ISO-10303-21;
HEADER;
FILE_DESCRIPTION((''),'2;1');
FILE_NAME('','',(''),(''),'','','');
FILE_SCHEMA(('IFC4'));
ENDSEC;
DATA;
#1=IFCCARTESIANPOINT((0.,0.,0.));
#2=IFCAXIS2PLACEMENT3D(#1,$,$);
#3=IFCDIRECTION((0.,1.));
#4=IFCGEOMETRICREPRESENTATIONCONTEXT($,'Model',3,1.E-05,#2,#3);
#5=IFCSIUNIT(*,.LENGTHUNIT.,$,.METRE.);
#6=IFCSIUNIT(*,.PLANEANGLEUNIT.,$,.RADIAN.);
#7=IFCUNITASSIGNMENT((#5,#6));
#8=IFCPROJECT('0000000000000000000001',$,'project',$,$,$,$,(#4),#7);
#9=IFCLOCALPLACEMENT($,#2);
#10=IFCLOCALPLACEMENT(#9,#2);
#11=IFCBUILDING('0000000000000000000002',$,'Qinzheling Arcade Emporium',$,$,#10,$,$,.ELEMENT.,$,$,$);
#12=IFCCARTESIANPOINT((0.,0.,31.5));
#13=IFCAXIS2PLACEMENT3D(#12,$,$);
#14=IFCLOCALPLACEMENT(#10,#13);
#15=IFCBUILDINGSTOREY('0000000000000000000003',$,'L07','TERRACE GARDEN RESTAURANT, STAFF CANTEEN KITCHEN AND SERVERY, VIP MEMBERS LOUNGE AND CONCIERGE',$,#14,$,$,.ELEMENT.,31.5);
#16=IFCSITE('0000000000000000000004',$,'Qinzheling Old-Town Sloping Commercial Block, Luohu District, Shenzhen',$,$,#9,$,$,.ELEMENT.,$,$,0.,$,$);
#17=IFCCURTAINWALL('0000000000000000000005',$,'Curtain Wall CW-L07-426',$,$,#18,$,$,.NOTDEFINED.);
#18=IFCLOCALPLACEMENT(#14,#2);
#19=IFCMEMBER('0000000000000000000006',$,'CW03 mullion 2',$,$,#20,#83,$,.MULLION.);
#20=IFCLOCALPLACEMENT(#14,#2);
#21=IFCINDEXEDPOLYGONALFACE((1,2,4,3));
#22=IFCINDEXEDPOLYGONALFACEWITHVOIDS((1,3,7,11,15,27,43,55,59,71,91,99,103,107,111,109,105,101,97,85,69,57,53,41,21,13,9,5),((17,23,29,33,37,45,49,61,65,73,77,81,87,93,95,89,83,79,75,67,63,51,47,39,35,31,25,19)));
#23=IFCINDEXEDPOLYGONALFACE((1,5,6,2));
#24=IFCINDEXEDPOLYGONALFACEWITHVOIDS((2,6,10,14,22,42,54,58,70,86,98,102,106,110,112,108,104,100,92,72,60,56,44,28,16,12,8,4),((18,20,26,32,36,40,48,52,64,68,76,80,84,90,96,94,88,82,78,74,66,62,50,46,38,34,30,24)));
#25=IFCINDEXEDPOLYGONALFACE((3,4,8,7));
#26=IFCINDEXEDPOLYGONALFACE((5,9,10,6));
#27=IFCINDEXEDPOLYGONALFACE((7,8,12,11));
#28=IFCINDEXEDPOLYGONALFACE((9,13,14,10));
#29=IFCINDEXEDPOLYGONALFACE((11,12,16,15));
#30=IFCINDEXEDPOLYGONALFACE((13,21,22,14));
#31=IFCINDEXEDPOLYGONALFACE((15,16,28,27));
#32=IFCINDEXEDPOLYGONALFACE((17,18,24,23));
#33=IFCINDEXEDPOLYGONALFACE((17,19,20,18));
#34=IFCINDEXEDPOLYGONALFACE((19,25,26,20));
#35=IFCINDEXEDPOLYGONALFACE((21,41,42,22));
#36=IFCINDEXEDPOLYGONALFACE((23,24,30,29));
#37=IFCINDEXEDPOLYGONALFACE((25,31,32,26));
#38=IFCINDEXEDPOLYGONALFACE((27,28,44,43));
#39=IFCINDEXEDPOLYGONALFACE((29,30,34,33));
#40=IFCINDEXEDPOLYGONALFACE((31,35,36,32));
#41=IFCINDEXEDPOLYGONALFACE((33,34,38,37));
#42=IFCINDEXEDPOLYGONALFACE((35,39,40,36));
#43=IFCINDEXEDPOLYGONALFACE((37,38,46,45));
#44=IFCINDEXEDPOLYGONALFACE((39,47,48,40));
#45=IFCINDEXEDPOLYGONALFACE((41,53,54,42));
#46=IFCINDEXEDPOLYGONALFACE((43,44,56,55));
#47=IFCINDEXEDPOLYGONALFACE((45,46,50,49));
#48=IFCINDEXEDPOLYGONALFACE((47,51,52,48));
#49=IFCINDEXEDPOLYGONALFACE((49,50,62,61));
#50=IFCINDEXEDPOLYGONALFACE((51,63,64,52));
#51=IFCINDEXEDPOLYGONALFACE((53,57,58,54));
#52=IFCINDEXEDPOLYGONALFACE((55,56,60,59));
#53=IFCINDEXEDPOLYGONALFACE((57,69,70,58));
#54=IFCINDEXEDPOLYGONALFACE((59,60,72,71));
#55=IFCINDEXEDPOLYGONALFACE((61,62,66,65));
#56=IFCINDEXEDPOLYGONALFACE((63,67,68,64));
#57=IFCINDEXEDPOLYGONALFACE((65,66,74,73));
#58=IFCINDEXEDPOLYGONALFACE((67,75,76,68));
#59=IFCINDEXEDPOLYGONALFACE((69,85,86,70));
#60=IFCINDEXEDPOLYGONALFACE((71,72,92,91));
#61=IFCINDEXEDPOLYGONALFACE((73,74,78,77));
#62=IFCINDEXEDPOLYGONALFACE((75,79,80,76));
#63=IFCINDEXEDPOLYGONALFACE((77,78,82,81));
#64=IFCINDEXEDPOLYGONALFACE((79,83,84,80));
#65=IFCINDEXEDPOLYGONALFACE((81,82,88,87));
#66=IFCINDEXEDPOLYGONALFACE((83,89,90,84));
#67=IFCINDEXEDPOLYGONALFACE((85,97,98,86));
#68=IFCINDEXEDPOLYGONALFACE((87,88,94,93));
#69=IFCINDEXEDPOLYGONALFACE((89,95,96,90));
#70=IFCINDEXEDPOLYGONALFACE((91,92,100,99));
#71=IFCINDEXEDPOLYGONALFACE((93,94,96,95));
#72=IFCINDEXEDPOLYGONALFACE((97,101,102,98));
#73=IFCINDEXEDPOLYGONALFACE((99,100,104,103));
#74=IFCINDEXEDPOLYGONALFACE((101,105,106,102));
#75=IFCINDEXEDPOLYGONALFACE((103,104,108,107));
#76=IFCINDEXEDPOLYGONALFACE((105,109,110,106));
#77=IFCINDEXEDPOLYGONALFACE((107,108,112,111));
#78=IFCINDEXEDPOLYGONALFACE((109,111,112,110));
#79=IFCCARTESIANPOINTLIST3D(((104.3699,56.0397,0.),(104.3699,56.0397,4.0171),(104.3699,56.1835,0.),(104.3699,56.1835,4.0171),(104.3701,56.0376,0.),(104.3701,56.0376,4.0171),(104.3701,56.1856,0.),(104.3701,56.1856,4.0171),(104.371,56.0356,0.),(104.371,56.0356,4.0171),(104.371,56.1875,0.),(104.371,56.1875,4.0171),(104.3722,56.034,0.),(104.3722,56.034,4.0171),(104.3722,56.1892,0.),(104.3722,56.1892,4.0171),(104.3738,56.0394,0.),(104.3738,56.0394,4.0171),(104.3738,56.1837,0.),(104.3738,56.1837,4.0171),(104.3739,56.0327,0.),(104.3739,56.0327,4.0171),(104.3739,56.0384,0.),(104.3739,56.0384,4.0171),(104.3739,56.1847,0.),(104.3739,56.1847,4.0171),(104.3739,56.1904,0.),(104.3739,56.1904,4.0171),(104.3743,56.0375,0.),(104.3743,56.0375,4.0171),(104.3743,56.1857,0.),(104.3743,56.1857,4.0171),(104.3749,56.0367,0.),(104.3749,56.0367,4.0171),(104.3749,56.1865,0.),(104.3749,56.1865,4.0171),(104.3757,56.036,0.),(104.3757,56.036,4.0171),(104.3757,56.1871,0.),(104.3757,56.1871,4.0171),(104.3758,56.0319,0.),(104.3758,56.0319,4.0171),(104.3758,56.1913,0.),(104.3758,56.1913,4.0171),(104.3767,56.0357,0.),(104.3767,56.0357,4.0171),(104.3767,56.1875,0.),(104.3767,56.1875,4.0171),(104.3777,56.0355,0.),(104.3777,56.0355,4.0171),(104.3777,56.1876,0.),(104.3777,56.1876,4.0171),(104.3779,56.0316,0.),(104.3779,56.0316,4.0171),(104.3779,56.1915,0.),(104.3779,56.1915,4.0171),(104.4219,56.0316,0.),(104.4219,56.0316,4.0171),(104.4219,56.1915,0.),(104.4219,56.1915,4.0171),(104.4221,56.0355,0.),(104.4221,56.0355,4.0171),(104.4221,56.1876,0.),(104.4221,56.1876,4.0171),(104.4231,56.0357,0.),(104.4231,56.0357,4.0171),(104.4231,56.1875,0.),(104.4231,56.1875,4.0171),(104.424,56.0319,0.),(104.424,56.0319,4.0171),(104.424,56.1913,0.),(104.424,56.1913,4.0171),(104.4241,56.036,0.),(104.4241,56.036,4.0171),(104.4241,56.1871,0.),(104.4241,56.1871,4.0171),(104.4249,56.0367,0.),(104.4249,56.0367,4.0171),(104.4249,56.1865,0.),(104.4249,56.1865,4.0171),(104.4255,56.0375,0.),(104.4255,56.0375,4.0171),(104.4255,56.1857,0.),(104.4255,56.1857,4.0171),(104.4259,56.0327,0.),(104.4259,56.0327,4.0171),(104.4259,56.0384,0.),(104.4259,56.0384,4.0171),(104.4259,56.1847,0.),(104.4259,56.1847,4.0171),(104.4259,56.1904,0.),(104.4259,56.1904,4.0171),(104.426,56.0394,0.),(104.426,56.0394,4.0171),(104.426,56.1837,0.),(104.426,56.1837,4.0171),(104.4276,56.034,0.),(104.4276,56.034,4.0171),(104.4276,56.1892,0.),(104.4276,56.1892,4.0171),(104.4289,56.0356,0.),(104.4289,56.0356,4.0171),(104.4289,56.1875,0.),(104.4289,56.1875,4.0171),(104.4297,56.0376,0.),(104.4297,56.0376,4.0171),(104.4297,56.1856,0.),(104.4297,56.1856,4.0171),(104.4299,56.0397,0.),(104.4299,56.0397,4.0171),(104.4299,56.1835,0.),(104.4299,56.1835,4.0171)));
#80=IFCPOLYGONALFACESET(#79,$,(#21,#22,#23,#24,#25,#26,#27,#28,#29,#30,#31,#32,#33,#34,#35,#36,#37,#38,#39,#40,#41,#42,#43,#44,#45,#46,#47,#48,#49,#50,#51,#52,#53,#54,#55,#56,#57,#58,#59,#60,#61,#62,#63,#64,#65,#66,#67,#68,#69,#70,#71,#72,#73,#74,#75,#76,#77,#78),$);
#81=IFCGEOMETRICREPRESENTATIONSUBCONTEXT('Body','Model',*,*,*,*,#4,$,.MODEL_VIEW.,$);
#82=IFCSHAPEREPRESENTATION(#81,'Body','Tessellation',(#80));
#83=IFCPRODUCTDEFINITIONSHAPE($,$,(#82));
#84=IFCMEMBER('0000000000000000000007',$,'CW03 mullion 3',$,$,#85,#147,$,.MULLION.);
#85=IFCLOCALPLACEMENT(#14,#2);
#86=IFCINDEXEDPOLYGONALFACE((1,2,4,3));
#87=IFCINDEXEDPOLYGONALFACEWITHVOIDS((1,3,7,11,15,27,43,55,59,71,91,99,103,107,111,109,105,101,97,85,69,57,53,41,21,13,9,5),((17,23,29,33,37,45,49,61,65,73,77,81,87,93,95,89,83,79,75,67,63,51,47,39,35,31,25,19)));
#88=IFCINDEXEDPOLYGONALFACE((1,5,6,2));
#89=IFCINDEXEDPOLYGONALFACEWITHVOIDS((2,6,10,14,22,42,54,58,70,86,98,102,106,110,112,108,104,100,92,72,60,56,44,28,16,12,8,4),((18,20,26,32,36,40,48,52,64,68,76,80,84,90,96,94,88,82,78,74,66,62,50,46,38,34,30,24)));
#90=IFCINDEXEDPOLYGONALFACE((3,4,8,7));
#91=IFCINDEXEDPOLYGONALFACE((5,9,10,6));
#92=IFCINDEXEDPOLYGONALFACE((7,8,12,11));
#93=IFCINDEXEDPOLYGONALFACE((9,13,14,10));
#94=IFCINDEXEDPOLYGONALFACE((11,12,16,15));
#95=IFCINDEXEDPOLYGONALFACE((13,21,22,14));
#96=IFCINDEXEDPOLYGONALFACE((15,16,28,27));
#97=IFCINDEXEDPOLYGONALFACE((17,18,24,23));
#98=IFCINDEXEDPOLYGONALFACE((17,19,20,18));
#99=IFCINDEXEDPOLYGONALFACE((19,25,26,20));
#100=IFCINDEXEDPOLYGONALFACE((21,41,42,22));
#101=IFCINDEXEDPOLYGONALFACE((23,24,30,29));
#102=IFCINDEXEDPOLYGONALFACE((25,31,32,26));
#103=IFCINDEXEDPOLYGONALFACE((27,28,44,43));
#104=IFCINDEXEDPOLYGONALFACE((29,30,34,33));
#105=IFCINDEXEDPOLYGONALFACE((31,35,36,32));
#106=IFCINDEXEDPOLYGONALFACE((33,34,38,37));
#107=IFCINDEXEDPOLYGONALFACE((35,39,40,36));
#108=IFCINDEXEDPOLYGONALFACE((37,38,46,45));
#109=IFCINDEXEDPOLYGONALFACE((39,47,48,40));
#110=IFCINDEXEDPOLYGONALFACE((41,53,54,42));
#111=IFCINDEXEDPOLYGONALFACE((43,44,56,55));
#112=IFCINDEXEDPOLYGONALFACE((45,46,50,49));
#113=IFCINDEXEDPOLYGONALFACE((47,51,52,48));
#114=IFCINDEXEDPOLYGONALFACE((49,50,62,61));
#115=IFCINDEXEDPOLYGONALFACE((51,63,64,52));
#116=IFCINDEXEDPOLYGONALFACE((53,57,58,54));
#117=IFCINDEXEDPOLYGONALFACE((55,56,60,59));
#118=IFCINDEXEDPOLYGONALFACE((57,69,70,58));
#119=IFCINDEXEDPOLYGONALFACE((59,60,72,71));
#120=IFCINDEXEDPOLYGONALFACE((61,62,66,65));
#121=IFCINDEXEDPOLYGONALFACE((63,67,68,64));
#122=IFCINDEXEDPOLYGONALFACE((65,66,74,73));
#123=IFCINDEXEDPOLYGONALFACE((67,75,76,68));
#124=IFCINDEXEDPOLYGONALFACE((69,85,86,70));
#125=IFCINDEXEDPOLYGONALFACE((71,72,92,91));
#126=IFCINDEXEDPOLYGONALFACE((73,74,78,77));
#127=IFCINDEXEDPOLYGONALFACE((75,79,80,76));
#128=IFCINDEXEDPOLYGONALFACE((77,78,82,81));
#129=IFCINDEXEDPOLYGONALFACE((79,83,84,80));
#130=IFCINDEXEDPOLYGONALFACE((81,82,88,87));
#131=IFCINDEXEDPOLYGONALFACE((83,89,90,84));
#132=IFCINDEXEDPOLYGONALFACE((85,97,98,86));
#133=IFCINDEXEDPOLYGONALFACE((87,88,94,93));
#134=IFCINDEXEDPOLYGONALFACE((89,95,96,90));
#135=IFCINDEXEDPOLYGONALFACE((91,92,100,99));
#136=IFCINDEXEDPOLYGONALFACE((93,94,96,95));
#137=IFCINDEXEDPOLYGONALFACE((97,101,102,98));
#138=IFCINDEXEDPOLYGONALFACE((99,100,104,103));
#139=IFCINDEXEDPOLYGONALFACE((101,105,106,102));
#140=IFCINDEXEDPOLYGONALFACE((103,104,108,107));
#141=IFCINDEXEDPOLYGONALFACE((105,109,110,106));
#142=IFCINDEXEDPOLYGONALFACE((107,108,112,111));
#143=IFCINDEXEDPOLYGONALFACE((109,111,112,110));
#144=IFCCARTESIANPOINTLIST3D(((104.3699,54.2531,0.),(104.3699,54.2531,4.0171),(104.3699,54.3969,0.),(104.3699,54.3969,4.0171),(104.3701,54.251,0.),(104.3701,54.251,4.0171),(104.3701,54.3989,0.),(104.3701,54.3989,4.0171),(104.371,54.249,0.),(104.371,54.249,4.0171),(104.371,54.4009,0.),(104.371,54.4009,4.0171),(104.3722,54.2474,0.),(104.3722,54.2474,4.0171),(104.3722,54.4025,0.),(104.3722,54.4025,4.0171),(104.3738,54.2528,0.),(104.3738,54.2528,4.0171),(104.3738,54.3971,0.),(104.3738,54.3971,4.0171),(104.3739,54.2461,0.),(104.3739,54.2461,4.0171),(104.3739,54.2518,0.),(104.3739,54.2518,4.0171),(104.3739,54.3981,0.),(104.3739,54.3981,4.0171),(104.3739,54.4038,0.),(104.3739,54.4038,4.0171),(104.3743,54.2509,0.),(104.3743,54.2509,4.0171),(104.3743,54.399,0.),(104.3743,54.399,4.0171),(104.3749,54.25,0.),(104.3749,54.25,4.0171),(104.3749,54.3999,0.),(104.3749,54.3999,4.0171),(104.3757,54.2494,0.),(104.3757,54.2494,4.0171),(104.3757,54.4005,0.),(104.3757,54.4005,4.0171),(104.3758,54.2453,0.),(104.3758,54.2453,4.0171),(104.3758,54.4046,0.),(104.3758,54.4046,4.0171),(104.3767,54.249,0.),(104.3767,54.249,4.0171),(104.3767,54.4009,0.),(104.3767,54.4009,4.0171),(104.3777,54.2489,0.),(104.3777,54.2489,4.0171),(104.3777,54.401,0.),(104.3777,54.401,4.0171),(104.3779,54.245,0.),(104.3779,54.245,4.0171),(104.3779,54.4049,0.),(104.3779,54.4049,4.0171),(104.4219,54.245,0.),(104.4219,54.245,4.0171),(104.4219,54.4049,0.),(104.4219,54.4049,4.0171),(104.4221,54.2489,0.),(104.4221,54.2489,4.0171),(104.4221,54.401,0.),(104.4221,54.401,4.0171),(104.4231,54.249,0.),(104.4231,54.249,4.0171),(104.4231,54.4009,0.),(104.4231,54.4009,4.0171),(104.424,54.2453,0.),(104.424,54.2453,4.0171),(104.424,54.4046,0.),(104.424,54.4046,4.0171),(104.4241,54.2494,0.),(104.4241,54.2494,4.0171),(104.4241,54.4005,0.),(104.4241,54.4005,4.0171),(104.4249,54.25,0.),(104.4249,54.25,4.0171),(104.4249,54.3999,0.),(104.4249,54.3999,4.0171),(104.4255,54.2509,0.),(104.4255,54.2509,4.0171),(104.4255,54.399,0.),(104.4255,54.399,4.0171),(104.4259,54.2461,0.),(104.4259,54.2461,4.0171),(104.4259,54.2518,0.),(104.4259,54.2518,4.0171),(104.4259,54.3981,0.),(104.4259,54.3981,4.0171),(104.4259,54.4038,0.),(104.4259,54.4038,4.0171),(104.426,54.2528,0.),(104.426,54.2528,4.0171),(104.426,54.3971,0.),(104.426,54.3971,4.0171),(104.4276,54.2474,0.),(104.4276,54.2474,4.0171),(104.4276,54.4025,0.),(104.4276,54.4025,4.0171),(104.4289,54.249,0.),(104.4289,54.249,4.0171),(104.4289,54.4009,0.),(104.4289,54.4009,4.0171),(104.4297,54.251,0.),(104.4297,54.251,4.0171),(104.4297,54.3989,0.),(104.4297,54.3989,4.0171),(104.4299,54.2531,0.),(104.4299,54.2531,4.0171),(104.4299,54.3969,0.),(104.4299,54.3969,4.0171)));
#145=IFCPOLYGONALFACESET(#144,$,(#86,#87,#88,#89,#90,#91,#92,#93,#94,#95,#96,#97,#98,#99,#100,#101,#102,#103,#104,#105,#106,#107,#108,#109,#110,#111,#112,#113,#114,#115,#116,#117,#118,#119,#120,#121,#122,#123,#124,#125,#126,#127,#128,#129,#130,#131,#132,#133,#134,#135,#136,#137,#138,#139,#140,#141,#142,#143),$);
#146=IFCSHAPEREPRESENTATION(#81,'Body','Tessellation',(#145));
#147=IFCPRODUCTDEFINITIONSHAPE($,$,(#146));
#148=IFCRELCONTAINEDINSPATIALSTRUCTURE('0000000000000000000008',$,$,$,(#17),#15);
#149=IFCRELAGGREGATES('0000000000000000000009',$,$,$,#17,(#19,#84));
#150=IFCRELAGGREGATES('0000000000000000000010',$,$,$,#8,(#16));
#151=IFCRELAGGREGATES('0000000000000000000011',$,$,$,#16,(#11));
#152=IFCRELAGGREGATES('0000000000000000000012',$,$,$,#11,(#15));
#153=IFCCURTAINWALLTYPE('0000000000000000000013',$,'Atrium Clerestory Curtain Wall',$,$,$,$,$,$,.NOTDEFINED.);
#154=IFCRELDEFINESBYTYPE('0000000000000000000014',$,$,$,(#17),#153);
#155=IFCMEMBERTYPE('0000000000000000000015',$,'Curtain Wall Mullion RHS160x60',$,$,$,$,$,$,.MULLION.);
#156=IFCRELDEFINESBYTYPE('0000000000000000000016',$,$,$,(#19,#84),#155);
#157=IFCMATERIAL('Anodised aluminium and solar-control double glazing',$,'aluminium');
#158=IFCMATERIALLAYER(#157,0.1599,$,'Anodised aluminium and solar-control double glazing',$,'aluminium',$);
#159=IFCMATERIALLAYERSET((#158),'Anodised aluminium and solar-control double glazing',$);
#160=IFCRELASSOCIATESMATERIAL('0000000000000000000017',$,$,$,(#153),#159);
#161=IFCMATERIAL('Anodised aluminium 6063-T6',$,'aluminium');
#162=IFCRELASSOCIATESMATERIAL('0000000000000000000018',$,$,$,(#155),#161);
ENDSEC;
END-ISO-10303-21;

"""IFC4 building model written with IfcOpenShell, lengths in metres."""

from ifc_helpers import new_model, si_unit, direction, frame, origin, origin_2d, place, context, subcontext, project, spatial, hollow_rectangle, extrude, material, layer, layer_set, material_profile, profile_set, type_object, element, aggregate, save


model = new_model("IFC4")

# Units and contexts
model_context = context("Model", 3, precision=1e-05, world=origin(), true_north=direction((0.0, 1.0)))
body_context = subcontext(model_context, "Body", "Model", "MODEL_VIEW")
ifc_project = project(units=[si_unit("LENGTHUNIT", "METRE"), si_unit("PLANEANGLEUNIT", "RADIAN")], contexts=[model_context])

# Site, building, storey
site_placement = place(None, origin())
site = spatial("IfcSite", under=ifc_project, at=site_placement, Name="Qinzheling Old-Town Sloping Commercial Block, Luohu District, Shenzhen", CompositionType="ELEMENT", RefElevation=0.0)
building_placement = place(site_placement, origin())
building = spatial("IfcBuilding", under=site, at=building_placement, Name="Qinzheling Arcade Emporium", CompositionType="ELEMENT")
storey_placement = place(building_placement, frame((0.0, 0.0, 31.5)))
storey = spatial("IfcBuildingStorey", under=building, at=storey_placement, Name="L07", Description="TERRACE GARDEN RESTAURANT, STAFF CANTEEN KITCHEN AND SERVERY, VIP MEMBERS LOUNGE AND CONCIERGE", CompositionType="ELEMENT", Elevation=31.5)

# Curtain wall, members
ifc_material_1 = material(Name="Anodised aluminium and solar-control double glazing", Category="aluminium")
ifc_layer_1 = layer(ifc_material_1, 0.1599, Name="Anodised aluminium and solar-control double glazing", Category="aluminium")
ifc_layer_set_1 = layer_set([ifc_layer_1], Name="Anodised aluminium and solar-control double glazing")
curtain_wall_type = type_object("IfcCurtainWallType", Name="Atrium Clerestory Curtain Wall", PredefinedType="NOTDEFINED", material=ifc_layer_set_1)
curtain_wall_placement = place(storey_placement, origin())
curtain_wall = element("IfcCurtainWall", 1, at=curtain_wall_placement, inside=storey, type_object=curtain_wall_type, Name="Curtain Wall CW-L07-426", PredefinedType="NOTDEFINED")
ifc_material_2 = material(Name="Anodised aluminium 6063-T6", Category="aluminium")
ifc_material_profile_1 = material_profile(ifc_material_2, hollow_rectangle(XDim=0.0601, YDim=0.1599, WallThickness=0.0039, InnerFilletRadius=0.0039, OuterFilletRadius=0.0081, at=origin_2d()), Name="RHS 160x60x4", Category="aluminium")
ifc_profile_set_1 = profile_set([ifc_material_profile_1], Name="Anodised aluminium 6063-T6")
member_type_1 = type_object("IfcMemberType", Name="Curtain Wall Mullion RHS160x60", PredefinedType="MULLION", material=ifc_profile_set_1)
member_1_placement = place(storey_placement, frame((104.3999, 56.1116, 0.0), z_axis=(0.0, 0.0, 1.0), x_axis=(1.0, 0.0, 0.0)))
member_1 = element("IfcMember", 2, at=member_1_placement, type_object=member_type_1, Name="CW03 mullion 2", PredefinedType="MULLION", context=body_context, shape_type="SweptSolid", body=[
    extrude(hollow_rectangle(XDim=0.0601, YDim=0.1599, WallThickness=0.0039, InnerFilletRadius=0.0039, OuterFilletRadius=0.0081, at=origin_2d()), origin(), (0.0, 0.0, 1.0), 4.0171),
])
member_2_placement = place(storey_placement, frame((104.3999, 54.325, 0.0), z_axis=(0.0, 0.0, 1.0), x_axis=(1.0, 0.0, 0.0)))
member_2 = element("IfcMember", 3, at=member_2_placement, type_object=member_type_1, Name="CW03 mullion 3", PredefinedType="MULLION", context=body_context, shape_type="SweptSolid", body=[
    extrude(hollow_rectangle(XDim=0.0601, YDim=0.1599, WallThickness=0.0039, InnerFilletRadius=0.0039, OuterFilletRadius=0.0081, at=origin_2d()), origin(), (0.0, 0.0, 1.0), 4.0171),
])
aggregate(curtain_wall, [member_1, member_2])

save(model, "model.ifc")
